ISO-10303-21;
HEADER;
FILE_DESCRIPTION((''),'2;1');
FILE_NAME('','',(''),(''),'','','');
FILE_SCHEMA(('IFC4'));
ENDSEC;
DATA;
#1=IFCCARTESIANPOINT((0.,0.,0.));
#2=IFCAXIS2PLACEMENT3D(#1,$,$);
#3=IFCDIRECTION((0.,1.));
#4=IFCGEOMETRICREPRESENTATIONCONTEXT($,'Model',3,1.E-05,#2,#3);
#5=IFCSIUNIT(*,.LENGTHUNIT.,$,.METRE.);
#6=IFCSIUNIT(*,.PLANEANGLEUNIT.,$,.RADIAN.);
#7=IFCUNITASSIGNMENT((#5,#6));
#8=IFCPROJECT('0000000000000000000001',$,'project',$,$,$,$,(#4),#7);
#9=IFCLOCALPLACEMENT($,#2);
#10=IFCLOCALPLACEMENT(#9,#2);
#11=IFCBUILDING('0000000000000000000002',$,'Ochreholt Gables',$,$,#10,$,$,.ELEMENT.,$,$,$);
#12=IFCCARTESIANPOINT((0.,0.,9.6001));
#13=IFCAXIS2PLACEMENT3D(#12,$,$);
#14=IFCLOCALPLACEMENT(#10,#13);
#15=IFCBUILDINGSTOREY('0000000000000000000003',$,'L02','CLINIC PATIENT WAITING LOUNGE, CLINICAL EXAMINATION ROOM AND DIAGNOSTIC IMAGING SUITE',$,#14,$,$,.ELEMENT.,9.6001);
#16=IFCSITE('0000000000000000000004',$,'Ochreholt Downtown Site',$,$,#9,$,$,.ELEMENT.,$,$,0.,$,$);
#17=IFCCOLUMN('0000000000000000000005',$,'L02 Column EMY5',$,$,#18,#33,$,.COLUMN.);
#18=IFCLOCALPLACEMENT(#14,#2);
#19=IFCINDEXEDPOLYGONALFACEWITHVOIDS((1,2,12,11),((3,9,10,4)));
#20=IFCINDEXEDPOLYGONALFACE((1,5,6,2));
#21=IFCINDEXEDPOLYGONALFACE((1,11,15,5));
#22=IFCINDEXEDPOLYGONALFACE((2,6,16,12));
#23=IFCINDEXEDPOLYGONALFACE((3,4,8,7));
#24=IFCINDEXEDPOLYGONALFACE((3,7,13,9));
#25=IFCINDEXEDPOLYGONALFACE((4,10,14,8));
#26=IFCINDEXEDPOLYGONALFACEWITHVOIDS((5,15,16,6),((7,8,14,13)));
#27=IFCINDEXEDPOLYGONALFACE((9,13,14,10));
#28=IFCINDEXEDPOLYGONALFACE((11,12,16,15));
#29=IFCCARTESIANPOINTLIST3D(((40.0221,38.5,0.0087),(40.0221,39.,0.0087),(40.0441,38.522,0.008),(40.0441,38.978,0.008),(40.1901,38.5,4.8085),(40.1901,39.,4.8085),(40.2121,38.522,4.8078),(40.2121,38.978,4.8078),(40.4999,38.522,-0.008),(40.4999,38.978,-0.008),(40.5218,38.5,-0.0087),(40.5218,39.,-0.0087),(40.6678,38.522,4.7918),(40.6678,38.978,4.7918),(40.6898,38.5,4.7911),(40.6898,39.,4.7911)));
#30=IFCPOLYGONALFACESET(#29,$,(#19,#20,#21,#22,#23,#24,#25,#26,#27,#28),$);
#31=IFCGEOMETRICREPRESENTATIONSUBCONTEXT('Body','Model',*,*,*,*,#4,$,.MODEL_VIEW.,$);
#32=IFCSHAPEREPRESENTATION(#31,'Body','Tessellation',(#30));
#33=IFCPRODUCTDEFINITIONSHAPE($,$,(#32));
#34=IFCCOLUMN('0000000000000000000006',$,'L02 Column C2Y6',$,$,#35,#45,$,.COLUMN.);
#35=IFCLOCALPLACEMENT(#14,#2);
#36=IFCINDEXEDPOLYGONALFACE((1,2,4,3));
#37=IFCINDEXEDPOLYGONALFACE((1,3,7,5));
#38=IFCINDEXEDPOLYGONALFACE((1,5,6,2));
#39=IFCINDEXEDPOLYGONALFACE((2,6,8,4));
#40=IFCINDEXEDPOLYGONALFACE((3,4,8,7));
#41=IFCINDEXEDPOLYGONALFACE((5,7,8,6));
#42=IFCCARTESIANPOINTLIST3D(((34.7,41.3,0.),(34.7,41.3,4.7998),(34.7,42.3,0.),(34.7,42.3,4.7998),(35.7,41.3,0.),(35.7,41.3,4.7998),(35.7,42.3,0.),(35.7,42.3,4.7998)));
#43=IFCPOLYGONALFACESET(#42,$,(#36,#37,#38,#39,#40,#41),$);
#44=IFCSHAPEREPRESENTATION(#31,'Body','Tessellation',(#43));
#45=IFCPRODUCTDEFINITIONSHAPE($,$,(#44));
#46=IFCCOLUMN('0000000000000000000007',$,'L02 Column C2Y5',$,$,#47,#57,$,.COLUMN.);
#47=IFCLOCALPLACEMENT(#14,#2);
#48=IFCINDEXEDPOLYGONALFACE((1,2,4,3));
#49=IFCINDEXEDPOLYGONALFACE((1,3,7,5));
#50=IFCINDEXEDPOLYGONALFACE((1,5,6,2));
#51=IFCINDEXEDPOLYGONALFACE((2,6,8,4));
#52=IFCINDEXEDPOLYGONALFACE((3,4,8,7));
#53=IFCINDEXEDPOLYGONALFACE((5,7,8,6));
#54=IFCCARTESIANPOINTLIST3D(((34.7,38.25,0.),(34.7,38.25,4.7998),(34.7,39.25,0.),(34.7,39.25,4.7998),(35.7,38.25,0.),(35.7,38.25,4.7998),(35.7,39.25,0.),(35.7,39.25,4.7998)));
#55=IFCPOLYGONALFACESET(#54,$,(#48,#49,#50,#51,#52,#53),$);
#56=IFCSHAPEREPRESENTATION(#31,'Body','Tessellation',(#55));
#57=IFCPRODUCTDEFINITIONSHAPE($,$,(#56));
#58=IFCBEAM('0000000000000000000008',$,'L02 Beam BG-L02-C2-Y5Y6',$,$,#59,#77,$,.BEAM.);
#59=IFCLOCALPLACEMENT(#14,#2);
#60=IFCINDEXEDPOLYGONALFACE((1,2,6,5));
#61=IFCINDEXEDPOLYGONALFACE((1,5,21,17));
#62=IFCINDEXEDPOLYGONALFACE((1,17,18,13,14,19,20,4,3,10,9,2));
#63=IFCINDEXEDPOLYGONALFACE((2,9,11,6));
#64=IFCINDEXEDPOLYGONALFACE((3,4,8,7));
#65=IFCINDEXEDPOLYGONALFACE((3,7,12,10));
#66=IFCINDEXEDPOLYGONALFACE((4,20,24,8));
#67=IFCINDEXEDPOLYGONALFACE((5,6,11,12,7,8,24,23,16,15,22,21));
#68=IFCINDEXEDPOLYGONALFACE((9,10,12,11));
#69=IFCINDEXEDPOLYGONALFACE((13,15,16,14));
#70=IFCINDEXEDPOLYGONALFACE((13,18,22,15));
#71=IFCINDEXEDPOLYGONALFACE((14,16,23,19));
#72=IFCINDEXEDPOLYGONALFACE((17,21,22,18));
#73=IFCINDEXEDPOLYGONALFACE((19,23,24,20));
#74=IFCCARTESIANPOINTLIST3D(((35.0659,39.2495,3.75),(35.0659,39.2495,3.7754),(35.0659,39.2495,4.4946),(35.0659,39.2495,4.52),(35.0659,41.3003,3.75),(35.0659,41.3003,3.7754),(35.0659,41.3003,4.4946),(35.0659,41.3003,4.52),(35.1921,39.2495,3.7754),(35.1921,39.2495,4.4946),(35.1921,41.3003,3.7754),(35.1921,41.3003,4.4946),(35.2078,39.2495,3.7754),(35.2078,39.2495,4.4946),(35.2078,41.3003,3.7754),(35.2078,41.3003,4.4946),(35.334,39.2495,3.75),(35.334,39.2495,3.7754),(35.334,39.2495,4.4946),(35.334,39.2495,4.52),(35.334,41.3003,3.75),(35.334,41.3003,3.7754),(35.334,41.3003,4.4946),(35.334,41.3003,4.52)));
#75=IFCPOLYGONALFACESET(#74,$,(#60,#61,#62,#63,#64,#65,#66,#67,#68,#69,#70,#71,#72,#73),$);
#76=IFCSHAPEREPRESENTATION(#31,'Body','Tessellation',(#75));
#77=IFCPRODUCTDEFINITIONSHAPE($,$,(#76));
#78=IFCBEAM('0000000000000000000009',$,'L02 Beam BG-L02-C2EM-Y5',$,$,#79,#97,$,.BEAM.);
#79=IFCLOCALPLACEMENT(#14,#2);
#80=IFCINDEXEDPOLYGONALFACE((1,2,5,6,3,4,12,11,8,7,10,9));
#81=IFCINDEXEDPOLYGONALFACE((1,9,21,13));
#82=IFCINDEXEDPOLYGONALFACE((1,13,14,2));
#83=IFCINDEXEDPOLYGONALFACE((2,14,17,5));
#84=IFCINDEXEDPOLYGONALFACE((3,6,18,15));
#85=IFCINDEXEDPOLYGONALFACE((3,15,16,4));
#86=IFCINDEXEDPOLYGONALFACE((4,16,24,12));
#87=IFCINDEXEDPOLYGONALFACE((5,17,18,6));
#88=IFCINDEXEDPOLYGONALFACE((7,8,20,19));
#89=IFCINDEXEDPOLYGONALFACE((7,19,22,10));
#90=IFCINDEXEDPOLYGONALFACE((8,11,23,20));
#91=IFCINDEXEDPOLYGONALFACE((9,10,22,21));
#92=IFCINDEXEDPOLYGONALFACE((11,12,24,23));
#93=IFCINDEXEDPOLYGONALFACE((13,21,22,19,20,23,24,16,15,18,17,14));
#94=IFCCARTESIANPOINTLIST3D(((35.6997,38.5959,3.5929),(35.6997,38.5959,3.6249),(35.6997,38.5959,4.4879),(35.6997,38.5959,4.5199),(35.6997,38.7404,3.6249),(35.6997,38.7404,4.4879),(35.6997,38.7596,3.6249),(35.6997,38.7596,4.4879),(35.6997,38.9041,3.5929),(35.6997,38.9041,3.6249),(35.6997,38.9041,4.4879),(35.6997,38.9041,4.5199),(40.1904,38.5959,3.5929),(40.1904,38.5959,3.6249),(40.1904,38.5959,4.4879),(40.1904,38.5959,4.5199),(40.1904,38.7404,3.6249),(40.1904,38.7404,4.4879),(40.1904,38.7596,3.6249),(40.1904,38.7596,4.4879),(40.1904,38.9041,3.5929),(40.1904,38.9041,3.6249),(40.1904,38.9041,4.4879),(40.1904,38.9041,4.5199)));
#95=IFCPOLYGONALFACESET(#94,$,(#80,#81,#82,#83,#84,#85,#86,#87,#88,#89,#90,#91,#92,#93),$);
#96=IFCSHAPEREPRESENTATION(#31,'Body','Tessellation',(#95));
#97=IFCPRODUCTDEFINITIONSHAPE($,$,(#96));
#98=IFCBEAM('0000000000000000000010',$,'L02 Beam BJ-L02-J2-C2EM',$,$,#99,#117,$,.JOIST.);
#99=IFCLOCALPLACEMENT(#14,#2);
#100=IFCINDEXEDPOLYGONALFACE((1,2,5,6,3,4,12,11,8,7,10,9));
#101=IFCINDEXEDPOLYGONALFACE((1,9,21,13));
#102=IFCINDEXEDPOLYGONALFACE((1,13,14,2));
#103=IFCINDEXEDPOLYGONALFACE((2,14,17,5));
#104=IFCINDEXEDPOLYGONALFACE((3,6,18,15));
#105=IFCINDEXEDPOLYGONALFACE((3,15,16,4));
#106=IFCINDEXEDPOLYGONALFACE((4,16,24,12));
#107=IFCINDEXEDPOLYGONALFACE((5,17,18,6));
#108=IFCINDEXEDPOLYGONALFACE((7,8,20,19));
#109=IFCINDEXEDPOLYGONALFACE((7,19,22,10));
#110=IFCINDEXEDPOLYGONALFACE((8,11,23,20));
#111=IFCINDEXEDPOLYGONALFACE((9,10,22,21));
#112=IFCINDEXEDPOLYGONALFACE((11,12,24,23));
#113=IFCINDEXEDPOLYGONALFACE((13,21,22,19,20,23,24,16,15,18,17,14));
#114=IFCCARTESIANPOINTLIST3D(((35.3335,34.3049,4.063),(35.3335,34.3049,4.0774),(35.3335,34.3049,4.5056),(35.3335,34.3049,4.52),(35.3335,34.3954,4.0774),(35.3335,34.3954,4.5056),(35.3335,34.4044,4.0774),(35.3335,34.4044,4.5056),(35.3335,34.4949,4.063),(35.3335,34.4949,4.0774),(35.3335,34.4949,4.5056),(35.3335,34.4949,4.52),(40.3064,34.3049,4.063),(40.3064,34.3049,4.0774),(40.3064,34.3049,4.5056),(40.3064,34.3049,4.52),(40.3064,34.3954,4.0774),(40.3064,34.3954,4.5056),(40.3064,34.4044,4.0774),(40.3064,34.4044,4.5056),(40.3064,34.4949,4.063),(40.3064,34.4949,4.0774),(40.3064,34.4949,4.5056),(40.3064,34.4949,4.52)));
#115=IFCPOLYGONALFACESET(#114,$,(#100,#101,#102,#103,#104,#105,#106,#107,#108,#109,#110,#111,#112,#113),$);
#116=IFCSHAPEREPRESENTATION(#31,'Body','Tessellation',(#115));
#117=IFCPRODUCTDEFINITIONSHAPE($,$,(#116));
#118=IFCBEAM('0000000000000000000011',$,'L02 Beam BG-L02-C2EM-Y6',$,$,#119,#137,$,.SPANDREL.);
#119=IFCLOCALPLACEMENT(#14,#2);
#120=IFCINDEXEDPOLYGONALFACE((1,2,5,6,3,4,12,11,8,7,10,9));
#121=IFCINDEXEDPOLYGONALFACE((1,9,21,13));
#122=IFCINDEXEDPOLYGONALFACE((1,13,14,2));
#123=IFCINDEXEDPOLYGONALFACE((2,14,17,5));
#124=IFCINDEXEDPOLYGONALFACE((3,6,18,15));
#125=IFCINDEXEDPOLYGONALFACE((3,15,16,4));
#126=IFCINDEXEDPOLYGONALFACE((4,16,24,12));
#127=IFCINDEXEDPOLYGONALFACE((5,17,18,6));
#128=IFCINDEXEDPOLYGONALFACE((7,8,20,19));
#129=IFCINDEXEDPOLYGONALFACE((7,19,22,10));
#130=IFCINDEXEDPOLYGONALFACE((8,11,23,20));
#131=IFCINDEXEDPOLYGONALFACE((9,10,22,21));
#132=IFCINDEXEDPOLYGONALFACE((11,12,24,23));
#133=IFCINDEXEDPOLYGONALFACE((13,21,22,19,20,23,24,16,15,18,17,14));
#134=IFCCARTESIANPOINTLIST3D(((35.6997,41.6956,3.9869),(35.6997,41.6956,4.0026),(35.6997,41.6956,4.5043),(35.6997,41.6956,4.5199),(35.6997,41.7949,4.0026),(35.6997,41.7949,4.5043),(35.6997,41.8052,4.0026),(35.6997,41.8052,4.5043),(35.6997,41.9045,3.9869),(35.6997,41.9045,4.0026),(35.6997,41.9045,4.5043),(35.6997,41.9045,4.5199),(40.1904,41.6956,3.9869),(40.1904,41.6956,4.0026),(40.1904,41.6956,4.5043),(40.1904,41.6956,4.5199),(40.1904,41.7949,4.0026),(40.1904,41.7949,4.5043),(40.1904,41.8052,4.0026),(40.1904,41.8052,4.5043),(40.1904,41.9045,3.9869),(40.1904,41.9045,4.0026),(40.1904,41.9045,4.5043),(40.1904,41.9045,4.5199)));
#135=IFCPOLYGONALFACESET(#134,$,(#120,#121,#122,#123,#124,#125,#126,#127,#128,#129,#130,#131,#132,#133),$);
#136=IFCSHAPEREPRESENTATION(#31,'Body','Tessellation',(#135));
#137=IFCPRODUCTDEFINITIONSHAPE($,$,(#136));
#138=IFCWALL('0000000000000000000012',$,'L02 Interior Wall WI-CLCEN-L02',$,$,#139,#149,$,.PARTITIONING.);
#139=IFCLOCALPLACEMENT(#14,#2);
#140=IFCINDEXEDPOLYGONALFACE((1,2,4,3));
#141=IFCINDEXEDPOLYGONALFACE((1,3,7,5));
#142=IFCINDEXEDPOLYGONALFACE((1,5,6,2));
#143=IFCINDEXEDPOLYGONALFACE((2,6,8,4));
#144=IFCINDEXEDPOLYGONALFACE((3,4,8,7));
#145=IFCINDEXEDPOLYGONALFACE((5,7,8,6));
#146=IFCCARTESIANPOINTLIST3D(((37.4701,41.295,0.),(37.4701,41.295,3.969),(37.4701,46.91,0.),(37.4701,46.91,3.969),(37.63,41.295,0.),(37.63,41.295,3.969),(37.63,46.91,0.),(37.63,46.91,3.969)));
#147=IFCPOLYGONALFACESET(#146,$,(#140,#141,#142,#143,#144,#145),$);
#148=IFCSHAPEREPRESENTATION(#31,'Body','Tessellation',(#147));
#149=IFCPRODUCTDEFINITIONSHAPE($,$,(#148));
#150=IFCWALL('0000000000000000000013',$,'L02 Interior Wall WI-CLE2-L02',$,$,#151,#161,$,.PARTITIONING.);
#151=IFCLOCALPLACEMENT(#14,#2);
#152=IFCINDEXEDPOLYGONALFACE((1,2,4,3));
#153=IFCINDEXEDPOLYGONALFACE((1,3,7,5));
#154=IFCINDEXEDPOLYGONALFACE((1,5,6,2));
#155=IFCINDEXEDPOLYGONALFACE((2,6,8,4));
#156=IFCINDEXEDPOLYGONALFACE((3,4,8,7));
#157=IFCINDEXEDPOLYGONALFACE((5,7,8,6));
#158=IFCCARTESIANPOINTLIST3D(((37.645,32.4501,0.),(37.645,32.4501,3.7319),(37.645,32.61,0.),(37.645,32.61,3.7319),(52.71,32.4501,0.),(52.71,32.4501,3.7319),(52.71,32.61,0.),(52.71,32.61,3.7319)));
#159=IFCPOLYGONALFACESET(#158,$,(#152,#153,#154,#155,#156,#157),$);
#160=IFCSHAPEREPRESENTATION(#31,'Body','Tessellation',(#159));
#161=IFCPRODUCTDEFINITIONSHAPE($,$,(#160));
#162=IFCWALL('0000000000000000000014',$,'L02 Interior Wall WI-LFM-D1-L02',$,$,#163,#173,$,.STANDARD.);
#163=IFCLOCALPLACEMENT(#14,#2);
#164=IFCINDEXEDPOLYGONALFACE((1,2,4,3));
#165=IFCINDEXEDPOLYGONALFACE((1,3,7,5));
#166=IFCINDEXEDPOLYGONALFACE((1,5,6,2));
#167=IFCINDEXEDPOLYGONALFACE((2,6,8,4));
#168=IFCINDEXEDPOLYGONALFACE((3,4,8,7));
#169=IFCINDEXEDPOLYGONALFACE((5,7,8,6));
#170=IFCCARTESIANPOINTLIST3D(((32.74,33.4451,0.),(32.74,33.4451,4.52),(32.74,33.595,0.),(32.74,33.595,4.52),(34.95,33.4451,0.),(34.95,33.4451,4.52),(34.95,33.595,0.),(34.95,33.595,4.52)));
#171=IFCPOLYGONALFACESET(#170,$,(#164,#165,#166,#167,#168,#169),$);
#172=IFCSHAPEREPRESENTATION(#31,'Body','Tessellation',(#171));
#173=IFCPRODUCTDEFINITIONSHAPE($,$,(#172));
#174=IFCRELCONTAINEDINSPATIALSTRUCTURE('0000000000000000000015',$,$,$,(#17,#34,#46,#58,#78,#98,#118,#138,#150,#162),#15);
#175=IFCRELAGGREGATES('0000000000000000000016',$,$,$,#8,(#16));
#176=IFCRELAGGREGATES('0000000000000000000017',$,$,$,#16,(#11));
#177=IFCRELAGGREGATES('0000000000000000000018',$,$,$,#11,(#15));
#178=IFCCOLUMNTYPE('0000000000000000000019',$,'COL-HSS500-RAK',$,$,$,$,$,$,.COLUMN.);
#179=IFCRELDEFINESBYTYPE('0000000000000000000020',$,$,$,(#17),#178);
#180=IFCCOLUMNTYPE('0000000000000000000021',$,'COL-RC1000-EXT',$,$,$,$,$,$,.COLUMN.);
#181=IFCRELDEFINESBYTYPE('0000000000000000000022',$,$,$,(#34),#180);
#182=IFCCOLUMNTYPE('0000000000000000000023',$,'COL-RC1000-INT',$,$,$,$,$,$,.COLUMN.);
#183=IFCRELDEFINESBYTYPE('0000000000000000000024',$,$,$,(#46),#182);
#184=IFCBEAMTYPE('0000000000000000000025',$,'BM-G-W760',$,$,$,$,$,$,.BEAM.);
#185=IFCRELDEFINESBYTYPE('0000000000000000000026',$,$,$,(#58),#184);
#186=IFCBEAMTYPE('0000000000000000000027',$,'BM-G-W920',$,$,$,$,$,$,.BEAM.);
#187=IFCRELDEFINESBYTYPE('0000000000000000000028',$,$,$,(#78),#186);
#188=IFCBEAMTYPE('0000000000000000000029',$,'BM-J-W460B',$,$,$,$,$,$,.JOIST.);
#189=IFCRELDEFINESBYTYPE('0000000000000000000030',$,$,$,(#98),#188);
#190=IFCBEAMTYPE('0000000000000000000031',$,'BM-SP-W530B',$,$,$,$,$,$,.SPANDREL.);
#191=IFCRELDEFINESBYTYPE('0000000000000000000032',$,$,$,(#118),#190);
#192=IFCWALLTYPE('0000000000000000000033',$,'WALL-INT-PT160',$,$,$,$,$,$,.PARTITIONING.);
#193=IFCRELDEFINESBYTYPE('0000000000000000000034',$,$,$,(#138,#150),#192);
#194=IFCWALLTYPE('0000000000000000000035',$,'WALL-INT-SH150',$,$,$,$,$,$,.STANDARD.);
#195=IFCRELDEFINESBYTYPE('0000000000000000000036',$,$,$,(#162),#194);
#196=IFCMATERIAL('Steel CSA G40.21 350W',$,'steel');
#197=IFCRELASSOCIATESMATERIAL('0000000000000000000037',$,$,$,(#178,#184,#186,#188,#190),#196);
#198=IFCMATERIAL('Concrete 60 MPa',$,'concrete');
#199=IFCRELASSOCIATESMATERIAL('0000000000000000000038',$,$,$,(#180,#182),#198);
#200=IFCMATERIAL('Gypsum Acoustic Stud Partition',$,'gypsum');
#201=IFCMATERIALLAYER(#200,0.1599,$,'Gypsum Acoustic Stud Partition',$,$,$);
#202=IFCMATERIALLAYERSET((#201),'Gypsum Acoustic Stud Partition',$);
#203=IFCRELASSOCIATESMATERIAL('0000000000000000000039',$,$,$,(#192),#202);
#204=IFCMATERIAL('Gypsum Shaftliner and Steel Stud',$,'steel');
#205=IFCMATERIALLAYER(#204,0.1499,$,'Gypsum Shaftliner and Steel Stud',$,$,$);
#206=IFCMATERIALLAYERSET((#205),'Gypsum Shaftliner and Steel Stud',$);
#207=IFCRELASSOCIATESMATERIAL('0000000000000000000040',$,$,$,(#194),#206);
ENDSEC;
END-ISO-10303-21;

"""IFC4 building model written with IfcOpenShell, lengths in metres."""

from ifc_helpers import new_model, si_unit, direction, frame, frame_2d, origin, origin_2d, place, context, subcontext, project, spatial, rectangle, hollow_rectangle, i_section, extrude, material, layer, layer_set, material_profile, profile_set, type_object, element, save


model = new_model("IFC4")

# Units and contexts
model_context = context("Model", 3, precision=1e-05, world=origin(), true_north=direction((0.0, 1.0)))
body_context = subcontext(model_context, "Body", "Model", "MODEL_VIEW")
ifc_project = project(units=[si_unit("LENGTHUNIT", "METRE"), si_unit("PLANEANGLEUNIT", "RADIAN")], contexts=[model_context])

# Site, building, storey
site_placement = place(None, origin())
site = spatial("IfcSite", under=ifc_project, at=site_placement, Name="Ochreholt Downtown Site", CompositionType="ELEMENT", RefElevation=0.0)
building_placement = place(site_placement, origin())
building = spatial("IfcBuilding", under=site, at=building_placement, Name="Ochreholt Gables", CompositionType="ELEMENT")
storey_placement = place(building_placement, frame((0.0, 0.0, 9.6001)))
storey = spatial("IfcBuildingStorey", under=building, at=storey_placement, Name="L02", Description="CLINIC PATIENT WAITING LOUNGE, CLINICAL EXAMINATION ROOM AND DIAGNOSTIC IMAGING SUITE", CompositionType="ELEMENT", Elevation=9.6001)

# Columns
ifc_material_1 = material(Name="Steel CSA G40.21 350W", Category="steel")
ifc_material_profile_1 = material_profile(ifc_material_1, hollow_rectangle(XDim=0.5, YDim=0.5, WallThickness=0.022, at=origin_2d()), Name="HSS500X500X22")
ifc_profile_set_1 = profile_set([ifc_material_profile_1], Name="Steel CSA G40.21 350W")
column_type_1 = type_object("IfcColumnType", Name="COL-HSS500-RAK", PredefinedType="COLUMN", material=ifc_profile_set_1)
column_1_placement = place(storey_placement, frame((40.272, 38.75, 0.0), z_axis=(0.034974, 0.0, 0.999388), x_axis=(0.0, 1.0, 0.0)))
element("IfcColumn", 1, at=column_1_placement, inside=storey, type_object=column_type_1, Name="L02 Column EMY5", PredefinedType="COLUMN", context=body_context, shape_type="SweptSolid", body=[
    extrude(hollow_rectangle(XDim=0.5, YDim=0.5, WallThickness=0.022, at=origin_2d()), origin(), (0.0, 0.0, 1.0), 4.8027),
])
ifc_material_2 = material(Name="Concrete 60 MPa", Category="concrete")
ifc_material_profile_2 = material_profile(ifc_material_2, rectangle(XDim=1.0, YDim=1.0, at=origin_2d()), Name="RC1000X1000")
ifc_profile_set_2 = profile_set([ifc_material_profile_2], Name="Concrete 60 MPa")
column_type_2 = type_object("IfcColumnType", Name="COL-RC1000-EXT", PredefinedType="COLUMN", material=ifc_profile_set_2)
column_2_placement = place(storey_placement, frame((35.2, 41.8, 0.0), z_axis=(0.0, 0.0, 1.0), x_axis=(1.0, 0.0, 0.0)))
element("IfcColumn", 2, at=column_2_placement, inside=storey, type_object=column_type_2, Name="L02 Column C2Y6", PredefinedType="COLUMN", context=body_context, shape_type="SweptSolid", body=[
    extrude(rectangle(XDim=1.0, YDim=1.0, at=origin_2d()), origin(), (0.0, 0.0, 1.0), 4.7998),
])
ifc_material_profile_3 = material_profile(ifc_material_2, rectangle(XDim=1.0, YDim=1.0, at=origin_2d()), Name="RC1000X1000")
ifc_profile_set_3 = profile_set([ifc_material_profile_3], Name="Concrete 60 MPa")
column_type_3 = type_object("IfcColumnType", Name="COL-RC1000-INT", PredefinedType="COLUMN", material=ifc_profile_set_3)
column_3_placement = place(storey_placement, frame((35.2, 38.75, 0.0), z_axis=(0.0, 0.0, 1.0), x_axis=(1.0, 0.0, 0.0)))
element("IfcColumn", 3, at=column_3_placement, inside=storey, type_object=column_type_3, Name="L02 Column C2Y5", PredefinedType="COLUMN", context=body_context, shape_type="SweptSolid", body=[
    extrude(rectangle(XDim=1.0, YDim=1.0, at=origin_2d()), origin(), (0.0, 0.0, 1.0), 4.7998),
])

# Beams
ifc_material_profile_4 = material_profile(ifc_material_1, i_section(OverallWidth=0.2681, OverallDepth=0.77, WebThickness=0.0156, FlangeThickness=0.0254, at=origin_2d()), Name="W760X196")
ifc_profile_set_4 = profile_set([ifc_material_profile_4], Name="Steel CSA G40.21 350W")
beam_type_1 = type_object("IfcBeamType", Name="BM-G-W760", PredefinedType="BEAM", material=ifc_profile_set_4)
beam_1_placement = place(storey_placement, frame((35.2, 39.2495, 4.135), z_axis=(0.0, 1.0, 0.0), x_axis=(-1.0, 0.0, 0.0)))
element("IfcBeam", 4, at=beam_1_placement, inside=storey, type_object=beam_type_1, Name="L02 Beam BG-L02-C2-Y5Y6", PredefinedType="BEAM", context=body_context, shape_type="SweptSolid", body=[
    extrude(i_section(OverallWidth=0.2681, OverallDepth=0.77, WebThickness=0.0156, FlangeThickness=0.0254, at=origin_2d()), origin(), (0.0, 0.0, 1.0), 2.0508),
])
ifc_material_profile_5 = material_profile(ifc_material_1, i_section(OverallWidth=0.3081, OverallDepth=0.927, WebThickness=0.0193, FlangeThickness=0.032, at=origin_2d()), Name="W920X289")
ifc_profile_set_5 = profile_set([ifc_material_profile_5], Name="Steel CSA G40.21 350W")
beam_type_2 = type_object("IfcBeamType", Name="BM-G-W920", PredefinedType="BEAM", material=ifc_profile_set_5)
beam_2_placement = place(storey_placement, frame((35.6997, 38.75, 4.0564), z_axis=(1.0, 0.0, 0.0), x_axis=(0.0, 1.0, 0.0)))
element("IfcBeam", 5, at=beam_2_placement, inside=storey, type_object=beam_type_2, Name="L02 Beam BG-L02-C2EM-Y5", PredefinedType="BEAM", context=body_context, shape_type="SweptSolid", body=[
    extrude(i_section(OverallWidth=0.3081, OverallDepth=0.927, WebThickness=0.0193, FlangeThickness=0.032, at=origin_2d()), origin(), (0.0, 0.0, 1.0), 4.4907),
])
ifc_material_profile_6 = material_profile(ifc_material_1, i_section(OverallWidth=0.1899, OverallDepth=0.457, WebThickness=0.009, FlangeThickness=0.0144, at=origin_2d()), Name="W460X74")
ifc_profile_set_6 = profile_set([ifc_material_profile_6], Name="Steel CSA G40.21 350W")
beam_type_3 = type_object("IfcBeamType", Name="BM-J-W460B", PredefinedType="JOIST", material=ifc_profile_set_6)
beam_3_placement = place(storey_placement, frame((35.3335, 34.3999, 4.2915), z_axis=(1.0, 0.0, 0.0), x_axis=(0.0, 1.0, 0.0)))
element("IfcBeam", 6, at=beam_3_placement, inside=storey, type_object=beam_type_3, Name="L02 Beam BJ-L02-J2-C2EM", PredefinedType="JOIST", context=body_context, shape_type="SweptSolid", body=[
    extrude(i_section(OverallWidth=0.1899, OverallDepth=0.457, WebThickness=0.009, FlangeThickness=0.0144, at=origin_2d()), origin(), (0.0, 0.0, 1.0), 4.9729),
])
ifc_material_profile_7 = material_profile(ifc_material_1, i_section(OverallWidth=0.209, OverallDepth=0.533, WebThickness=0.0103, FlangeThickness=0.0156, at=origin_2d()), Name="W530X92")
ifc_profile_set_7 = profile_set([ifc_material_profile_7], Name="Steel CSA G40.21 350W")
beam_type_4 = type_object("IfcBeamType", Name="BM-SP-W530B", PredefinedType="SPANDREL", material=ifc_profile_set_7)
beam_4_placement = place(storey_placement, frame((35.6997, 41.8, 4.2534), z_axis=(1.0, 0.0, 0.0), x_axis=(0.0, 1.0, 0.0)))
element("IfcBeam", 7, at=beam_4_placement, inside=storey, type_object=beam_type_4, Name="L02 Beam BG-L02-C2EM-Y6", PredefinedType="SPANDREL", context=body_context, shape_type="SweptSolid", body=[
    extrude(i_section(OverallWidth=0.209, OverallDepth=0.533, WebThickness=0.0103, FlangeThickness=0.0156, at=origin_2d()), origin(), (0.0, 0.0, 1.0), 4.4907),
])

# Walls
ifc_material_3 = material(Name="Gypsum Acoustic Stud Partition", Category="gypsum")
ifc_layer_1 = layer(ifc_material_3, 0.1599, Name="Gypsum Acoustic Stud Partition")
ifc_layer_set_1 = layer_set([ifc_layer_1], Name="Gypsum Acoustic Stud Partition")
wall_type_1 = type_object("IfcWallType", Name="WALL-INT-PT160", PredefinedType="PARTITIONING", material=ifc_layer_set_1)
wall_1_placement = place(storey_placement, frame((37.55, 41.2949, 0.0), z_axis=(0.0, 0.0, 1.0), x_axis=(0.0, 1.0, 0.0)))
element("IfcWall", 8, at=wall_1_placement, inside=storey, type_object=wall_type_1, Name="L02 Interior Wall WI-CLCEN-L02", PredefinedType="PARTITIONING", context=body_context, shape_type="SweptSolid", body=[
    extrude(rectangle(XDim=5.615, YDim=0.1599, at=frame_2d((2.8076, 0.0))), origin(), (0.0, 0.0, 1.0), 3.969),
])
wall_2_placement = place(storey_placement, frame((37.645, 32.53, 0.0), z_axis=(0.0, 0.0, 1.0), x_axis=(1.0, 0.0, 0.0)))
element("IfcWall", 9, at=wall_2_placement, inside=storey, type_object=wall_type_1, Name="L02 Interior Wall WI-CLE2-L02", PredefinedType="PARTITIONING", context=body_context, shape_type="SweptSolid", body=[
    extrude(rectangle(XDim=15.0649, YDim=0.1599, at=frame_2d((7.5325, 0.0))), origin(), (0.0, 0.0, 1.0), 3.7319),
])
ifc_material_4 = material(Name="Gypsum Shaftliner and Steel Stud", Category="steel")
ifc_layer_2 = layer(ifc_material_4, 0.1499, Name="Gypsum Shaftliner and Steel Stud")
ifc_layer_set_2 = layer_set([ifc_layer_2], Name="Gypsum Shaftliner and Steel Stud")
wall_type_2 = type_object("IfcWallType", Name="WALL-INT-SH150", PredefinedType="STANDARD", material=ifc_layer_set_2)
for number, where, z_axis, x_axis, name in (
    (10, (32.74, 33.52, 0.0), (0.0, 0.0, 1.0), (1.0, 0.0, 0.0), "L02 Interior Wall WI-LFM-D1-L02"),
):
    element("IfcWall", number, at=place(storey_placement, frame(where, z_axis=z_axis, x_axis=x_axis)), inside=storey, type_object=wall_type_2, Name=name, PredefinedType="STANDARD", context=body_context, shape_type="SweptSolid", body=[
        extrude(rectangle(XDim=2.21, YDim=0.1499, at=frame_2d((1.105, 0.0))), origin(), (0.0, 0.0, 1.0), 4.52),
    ])

save(model, "model.ifc")
